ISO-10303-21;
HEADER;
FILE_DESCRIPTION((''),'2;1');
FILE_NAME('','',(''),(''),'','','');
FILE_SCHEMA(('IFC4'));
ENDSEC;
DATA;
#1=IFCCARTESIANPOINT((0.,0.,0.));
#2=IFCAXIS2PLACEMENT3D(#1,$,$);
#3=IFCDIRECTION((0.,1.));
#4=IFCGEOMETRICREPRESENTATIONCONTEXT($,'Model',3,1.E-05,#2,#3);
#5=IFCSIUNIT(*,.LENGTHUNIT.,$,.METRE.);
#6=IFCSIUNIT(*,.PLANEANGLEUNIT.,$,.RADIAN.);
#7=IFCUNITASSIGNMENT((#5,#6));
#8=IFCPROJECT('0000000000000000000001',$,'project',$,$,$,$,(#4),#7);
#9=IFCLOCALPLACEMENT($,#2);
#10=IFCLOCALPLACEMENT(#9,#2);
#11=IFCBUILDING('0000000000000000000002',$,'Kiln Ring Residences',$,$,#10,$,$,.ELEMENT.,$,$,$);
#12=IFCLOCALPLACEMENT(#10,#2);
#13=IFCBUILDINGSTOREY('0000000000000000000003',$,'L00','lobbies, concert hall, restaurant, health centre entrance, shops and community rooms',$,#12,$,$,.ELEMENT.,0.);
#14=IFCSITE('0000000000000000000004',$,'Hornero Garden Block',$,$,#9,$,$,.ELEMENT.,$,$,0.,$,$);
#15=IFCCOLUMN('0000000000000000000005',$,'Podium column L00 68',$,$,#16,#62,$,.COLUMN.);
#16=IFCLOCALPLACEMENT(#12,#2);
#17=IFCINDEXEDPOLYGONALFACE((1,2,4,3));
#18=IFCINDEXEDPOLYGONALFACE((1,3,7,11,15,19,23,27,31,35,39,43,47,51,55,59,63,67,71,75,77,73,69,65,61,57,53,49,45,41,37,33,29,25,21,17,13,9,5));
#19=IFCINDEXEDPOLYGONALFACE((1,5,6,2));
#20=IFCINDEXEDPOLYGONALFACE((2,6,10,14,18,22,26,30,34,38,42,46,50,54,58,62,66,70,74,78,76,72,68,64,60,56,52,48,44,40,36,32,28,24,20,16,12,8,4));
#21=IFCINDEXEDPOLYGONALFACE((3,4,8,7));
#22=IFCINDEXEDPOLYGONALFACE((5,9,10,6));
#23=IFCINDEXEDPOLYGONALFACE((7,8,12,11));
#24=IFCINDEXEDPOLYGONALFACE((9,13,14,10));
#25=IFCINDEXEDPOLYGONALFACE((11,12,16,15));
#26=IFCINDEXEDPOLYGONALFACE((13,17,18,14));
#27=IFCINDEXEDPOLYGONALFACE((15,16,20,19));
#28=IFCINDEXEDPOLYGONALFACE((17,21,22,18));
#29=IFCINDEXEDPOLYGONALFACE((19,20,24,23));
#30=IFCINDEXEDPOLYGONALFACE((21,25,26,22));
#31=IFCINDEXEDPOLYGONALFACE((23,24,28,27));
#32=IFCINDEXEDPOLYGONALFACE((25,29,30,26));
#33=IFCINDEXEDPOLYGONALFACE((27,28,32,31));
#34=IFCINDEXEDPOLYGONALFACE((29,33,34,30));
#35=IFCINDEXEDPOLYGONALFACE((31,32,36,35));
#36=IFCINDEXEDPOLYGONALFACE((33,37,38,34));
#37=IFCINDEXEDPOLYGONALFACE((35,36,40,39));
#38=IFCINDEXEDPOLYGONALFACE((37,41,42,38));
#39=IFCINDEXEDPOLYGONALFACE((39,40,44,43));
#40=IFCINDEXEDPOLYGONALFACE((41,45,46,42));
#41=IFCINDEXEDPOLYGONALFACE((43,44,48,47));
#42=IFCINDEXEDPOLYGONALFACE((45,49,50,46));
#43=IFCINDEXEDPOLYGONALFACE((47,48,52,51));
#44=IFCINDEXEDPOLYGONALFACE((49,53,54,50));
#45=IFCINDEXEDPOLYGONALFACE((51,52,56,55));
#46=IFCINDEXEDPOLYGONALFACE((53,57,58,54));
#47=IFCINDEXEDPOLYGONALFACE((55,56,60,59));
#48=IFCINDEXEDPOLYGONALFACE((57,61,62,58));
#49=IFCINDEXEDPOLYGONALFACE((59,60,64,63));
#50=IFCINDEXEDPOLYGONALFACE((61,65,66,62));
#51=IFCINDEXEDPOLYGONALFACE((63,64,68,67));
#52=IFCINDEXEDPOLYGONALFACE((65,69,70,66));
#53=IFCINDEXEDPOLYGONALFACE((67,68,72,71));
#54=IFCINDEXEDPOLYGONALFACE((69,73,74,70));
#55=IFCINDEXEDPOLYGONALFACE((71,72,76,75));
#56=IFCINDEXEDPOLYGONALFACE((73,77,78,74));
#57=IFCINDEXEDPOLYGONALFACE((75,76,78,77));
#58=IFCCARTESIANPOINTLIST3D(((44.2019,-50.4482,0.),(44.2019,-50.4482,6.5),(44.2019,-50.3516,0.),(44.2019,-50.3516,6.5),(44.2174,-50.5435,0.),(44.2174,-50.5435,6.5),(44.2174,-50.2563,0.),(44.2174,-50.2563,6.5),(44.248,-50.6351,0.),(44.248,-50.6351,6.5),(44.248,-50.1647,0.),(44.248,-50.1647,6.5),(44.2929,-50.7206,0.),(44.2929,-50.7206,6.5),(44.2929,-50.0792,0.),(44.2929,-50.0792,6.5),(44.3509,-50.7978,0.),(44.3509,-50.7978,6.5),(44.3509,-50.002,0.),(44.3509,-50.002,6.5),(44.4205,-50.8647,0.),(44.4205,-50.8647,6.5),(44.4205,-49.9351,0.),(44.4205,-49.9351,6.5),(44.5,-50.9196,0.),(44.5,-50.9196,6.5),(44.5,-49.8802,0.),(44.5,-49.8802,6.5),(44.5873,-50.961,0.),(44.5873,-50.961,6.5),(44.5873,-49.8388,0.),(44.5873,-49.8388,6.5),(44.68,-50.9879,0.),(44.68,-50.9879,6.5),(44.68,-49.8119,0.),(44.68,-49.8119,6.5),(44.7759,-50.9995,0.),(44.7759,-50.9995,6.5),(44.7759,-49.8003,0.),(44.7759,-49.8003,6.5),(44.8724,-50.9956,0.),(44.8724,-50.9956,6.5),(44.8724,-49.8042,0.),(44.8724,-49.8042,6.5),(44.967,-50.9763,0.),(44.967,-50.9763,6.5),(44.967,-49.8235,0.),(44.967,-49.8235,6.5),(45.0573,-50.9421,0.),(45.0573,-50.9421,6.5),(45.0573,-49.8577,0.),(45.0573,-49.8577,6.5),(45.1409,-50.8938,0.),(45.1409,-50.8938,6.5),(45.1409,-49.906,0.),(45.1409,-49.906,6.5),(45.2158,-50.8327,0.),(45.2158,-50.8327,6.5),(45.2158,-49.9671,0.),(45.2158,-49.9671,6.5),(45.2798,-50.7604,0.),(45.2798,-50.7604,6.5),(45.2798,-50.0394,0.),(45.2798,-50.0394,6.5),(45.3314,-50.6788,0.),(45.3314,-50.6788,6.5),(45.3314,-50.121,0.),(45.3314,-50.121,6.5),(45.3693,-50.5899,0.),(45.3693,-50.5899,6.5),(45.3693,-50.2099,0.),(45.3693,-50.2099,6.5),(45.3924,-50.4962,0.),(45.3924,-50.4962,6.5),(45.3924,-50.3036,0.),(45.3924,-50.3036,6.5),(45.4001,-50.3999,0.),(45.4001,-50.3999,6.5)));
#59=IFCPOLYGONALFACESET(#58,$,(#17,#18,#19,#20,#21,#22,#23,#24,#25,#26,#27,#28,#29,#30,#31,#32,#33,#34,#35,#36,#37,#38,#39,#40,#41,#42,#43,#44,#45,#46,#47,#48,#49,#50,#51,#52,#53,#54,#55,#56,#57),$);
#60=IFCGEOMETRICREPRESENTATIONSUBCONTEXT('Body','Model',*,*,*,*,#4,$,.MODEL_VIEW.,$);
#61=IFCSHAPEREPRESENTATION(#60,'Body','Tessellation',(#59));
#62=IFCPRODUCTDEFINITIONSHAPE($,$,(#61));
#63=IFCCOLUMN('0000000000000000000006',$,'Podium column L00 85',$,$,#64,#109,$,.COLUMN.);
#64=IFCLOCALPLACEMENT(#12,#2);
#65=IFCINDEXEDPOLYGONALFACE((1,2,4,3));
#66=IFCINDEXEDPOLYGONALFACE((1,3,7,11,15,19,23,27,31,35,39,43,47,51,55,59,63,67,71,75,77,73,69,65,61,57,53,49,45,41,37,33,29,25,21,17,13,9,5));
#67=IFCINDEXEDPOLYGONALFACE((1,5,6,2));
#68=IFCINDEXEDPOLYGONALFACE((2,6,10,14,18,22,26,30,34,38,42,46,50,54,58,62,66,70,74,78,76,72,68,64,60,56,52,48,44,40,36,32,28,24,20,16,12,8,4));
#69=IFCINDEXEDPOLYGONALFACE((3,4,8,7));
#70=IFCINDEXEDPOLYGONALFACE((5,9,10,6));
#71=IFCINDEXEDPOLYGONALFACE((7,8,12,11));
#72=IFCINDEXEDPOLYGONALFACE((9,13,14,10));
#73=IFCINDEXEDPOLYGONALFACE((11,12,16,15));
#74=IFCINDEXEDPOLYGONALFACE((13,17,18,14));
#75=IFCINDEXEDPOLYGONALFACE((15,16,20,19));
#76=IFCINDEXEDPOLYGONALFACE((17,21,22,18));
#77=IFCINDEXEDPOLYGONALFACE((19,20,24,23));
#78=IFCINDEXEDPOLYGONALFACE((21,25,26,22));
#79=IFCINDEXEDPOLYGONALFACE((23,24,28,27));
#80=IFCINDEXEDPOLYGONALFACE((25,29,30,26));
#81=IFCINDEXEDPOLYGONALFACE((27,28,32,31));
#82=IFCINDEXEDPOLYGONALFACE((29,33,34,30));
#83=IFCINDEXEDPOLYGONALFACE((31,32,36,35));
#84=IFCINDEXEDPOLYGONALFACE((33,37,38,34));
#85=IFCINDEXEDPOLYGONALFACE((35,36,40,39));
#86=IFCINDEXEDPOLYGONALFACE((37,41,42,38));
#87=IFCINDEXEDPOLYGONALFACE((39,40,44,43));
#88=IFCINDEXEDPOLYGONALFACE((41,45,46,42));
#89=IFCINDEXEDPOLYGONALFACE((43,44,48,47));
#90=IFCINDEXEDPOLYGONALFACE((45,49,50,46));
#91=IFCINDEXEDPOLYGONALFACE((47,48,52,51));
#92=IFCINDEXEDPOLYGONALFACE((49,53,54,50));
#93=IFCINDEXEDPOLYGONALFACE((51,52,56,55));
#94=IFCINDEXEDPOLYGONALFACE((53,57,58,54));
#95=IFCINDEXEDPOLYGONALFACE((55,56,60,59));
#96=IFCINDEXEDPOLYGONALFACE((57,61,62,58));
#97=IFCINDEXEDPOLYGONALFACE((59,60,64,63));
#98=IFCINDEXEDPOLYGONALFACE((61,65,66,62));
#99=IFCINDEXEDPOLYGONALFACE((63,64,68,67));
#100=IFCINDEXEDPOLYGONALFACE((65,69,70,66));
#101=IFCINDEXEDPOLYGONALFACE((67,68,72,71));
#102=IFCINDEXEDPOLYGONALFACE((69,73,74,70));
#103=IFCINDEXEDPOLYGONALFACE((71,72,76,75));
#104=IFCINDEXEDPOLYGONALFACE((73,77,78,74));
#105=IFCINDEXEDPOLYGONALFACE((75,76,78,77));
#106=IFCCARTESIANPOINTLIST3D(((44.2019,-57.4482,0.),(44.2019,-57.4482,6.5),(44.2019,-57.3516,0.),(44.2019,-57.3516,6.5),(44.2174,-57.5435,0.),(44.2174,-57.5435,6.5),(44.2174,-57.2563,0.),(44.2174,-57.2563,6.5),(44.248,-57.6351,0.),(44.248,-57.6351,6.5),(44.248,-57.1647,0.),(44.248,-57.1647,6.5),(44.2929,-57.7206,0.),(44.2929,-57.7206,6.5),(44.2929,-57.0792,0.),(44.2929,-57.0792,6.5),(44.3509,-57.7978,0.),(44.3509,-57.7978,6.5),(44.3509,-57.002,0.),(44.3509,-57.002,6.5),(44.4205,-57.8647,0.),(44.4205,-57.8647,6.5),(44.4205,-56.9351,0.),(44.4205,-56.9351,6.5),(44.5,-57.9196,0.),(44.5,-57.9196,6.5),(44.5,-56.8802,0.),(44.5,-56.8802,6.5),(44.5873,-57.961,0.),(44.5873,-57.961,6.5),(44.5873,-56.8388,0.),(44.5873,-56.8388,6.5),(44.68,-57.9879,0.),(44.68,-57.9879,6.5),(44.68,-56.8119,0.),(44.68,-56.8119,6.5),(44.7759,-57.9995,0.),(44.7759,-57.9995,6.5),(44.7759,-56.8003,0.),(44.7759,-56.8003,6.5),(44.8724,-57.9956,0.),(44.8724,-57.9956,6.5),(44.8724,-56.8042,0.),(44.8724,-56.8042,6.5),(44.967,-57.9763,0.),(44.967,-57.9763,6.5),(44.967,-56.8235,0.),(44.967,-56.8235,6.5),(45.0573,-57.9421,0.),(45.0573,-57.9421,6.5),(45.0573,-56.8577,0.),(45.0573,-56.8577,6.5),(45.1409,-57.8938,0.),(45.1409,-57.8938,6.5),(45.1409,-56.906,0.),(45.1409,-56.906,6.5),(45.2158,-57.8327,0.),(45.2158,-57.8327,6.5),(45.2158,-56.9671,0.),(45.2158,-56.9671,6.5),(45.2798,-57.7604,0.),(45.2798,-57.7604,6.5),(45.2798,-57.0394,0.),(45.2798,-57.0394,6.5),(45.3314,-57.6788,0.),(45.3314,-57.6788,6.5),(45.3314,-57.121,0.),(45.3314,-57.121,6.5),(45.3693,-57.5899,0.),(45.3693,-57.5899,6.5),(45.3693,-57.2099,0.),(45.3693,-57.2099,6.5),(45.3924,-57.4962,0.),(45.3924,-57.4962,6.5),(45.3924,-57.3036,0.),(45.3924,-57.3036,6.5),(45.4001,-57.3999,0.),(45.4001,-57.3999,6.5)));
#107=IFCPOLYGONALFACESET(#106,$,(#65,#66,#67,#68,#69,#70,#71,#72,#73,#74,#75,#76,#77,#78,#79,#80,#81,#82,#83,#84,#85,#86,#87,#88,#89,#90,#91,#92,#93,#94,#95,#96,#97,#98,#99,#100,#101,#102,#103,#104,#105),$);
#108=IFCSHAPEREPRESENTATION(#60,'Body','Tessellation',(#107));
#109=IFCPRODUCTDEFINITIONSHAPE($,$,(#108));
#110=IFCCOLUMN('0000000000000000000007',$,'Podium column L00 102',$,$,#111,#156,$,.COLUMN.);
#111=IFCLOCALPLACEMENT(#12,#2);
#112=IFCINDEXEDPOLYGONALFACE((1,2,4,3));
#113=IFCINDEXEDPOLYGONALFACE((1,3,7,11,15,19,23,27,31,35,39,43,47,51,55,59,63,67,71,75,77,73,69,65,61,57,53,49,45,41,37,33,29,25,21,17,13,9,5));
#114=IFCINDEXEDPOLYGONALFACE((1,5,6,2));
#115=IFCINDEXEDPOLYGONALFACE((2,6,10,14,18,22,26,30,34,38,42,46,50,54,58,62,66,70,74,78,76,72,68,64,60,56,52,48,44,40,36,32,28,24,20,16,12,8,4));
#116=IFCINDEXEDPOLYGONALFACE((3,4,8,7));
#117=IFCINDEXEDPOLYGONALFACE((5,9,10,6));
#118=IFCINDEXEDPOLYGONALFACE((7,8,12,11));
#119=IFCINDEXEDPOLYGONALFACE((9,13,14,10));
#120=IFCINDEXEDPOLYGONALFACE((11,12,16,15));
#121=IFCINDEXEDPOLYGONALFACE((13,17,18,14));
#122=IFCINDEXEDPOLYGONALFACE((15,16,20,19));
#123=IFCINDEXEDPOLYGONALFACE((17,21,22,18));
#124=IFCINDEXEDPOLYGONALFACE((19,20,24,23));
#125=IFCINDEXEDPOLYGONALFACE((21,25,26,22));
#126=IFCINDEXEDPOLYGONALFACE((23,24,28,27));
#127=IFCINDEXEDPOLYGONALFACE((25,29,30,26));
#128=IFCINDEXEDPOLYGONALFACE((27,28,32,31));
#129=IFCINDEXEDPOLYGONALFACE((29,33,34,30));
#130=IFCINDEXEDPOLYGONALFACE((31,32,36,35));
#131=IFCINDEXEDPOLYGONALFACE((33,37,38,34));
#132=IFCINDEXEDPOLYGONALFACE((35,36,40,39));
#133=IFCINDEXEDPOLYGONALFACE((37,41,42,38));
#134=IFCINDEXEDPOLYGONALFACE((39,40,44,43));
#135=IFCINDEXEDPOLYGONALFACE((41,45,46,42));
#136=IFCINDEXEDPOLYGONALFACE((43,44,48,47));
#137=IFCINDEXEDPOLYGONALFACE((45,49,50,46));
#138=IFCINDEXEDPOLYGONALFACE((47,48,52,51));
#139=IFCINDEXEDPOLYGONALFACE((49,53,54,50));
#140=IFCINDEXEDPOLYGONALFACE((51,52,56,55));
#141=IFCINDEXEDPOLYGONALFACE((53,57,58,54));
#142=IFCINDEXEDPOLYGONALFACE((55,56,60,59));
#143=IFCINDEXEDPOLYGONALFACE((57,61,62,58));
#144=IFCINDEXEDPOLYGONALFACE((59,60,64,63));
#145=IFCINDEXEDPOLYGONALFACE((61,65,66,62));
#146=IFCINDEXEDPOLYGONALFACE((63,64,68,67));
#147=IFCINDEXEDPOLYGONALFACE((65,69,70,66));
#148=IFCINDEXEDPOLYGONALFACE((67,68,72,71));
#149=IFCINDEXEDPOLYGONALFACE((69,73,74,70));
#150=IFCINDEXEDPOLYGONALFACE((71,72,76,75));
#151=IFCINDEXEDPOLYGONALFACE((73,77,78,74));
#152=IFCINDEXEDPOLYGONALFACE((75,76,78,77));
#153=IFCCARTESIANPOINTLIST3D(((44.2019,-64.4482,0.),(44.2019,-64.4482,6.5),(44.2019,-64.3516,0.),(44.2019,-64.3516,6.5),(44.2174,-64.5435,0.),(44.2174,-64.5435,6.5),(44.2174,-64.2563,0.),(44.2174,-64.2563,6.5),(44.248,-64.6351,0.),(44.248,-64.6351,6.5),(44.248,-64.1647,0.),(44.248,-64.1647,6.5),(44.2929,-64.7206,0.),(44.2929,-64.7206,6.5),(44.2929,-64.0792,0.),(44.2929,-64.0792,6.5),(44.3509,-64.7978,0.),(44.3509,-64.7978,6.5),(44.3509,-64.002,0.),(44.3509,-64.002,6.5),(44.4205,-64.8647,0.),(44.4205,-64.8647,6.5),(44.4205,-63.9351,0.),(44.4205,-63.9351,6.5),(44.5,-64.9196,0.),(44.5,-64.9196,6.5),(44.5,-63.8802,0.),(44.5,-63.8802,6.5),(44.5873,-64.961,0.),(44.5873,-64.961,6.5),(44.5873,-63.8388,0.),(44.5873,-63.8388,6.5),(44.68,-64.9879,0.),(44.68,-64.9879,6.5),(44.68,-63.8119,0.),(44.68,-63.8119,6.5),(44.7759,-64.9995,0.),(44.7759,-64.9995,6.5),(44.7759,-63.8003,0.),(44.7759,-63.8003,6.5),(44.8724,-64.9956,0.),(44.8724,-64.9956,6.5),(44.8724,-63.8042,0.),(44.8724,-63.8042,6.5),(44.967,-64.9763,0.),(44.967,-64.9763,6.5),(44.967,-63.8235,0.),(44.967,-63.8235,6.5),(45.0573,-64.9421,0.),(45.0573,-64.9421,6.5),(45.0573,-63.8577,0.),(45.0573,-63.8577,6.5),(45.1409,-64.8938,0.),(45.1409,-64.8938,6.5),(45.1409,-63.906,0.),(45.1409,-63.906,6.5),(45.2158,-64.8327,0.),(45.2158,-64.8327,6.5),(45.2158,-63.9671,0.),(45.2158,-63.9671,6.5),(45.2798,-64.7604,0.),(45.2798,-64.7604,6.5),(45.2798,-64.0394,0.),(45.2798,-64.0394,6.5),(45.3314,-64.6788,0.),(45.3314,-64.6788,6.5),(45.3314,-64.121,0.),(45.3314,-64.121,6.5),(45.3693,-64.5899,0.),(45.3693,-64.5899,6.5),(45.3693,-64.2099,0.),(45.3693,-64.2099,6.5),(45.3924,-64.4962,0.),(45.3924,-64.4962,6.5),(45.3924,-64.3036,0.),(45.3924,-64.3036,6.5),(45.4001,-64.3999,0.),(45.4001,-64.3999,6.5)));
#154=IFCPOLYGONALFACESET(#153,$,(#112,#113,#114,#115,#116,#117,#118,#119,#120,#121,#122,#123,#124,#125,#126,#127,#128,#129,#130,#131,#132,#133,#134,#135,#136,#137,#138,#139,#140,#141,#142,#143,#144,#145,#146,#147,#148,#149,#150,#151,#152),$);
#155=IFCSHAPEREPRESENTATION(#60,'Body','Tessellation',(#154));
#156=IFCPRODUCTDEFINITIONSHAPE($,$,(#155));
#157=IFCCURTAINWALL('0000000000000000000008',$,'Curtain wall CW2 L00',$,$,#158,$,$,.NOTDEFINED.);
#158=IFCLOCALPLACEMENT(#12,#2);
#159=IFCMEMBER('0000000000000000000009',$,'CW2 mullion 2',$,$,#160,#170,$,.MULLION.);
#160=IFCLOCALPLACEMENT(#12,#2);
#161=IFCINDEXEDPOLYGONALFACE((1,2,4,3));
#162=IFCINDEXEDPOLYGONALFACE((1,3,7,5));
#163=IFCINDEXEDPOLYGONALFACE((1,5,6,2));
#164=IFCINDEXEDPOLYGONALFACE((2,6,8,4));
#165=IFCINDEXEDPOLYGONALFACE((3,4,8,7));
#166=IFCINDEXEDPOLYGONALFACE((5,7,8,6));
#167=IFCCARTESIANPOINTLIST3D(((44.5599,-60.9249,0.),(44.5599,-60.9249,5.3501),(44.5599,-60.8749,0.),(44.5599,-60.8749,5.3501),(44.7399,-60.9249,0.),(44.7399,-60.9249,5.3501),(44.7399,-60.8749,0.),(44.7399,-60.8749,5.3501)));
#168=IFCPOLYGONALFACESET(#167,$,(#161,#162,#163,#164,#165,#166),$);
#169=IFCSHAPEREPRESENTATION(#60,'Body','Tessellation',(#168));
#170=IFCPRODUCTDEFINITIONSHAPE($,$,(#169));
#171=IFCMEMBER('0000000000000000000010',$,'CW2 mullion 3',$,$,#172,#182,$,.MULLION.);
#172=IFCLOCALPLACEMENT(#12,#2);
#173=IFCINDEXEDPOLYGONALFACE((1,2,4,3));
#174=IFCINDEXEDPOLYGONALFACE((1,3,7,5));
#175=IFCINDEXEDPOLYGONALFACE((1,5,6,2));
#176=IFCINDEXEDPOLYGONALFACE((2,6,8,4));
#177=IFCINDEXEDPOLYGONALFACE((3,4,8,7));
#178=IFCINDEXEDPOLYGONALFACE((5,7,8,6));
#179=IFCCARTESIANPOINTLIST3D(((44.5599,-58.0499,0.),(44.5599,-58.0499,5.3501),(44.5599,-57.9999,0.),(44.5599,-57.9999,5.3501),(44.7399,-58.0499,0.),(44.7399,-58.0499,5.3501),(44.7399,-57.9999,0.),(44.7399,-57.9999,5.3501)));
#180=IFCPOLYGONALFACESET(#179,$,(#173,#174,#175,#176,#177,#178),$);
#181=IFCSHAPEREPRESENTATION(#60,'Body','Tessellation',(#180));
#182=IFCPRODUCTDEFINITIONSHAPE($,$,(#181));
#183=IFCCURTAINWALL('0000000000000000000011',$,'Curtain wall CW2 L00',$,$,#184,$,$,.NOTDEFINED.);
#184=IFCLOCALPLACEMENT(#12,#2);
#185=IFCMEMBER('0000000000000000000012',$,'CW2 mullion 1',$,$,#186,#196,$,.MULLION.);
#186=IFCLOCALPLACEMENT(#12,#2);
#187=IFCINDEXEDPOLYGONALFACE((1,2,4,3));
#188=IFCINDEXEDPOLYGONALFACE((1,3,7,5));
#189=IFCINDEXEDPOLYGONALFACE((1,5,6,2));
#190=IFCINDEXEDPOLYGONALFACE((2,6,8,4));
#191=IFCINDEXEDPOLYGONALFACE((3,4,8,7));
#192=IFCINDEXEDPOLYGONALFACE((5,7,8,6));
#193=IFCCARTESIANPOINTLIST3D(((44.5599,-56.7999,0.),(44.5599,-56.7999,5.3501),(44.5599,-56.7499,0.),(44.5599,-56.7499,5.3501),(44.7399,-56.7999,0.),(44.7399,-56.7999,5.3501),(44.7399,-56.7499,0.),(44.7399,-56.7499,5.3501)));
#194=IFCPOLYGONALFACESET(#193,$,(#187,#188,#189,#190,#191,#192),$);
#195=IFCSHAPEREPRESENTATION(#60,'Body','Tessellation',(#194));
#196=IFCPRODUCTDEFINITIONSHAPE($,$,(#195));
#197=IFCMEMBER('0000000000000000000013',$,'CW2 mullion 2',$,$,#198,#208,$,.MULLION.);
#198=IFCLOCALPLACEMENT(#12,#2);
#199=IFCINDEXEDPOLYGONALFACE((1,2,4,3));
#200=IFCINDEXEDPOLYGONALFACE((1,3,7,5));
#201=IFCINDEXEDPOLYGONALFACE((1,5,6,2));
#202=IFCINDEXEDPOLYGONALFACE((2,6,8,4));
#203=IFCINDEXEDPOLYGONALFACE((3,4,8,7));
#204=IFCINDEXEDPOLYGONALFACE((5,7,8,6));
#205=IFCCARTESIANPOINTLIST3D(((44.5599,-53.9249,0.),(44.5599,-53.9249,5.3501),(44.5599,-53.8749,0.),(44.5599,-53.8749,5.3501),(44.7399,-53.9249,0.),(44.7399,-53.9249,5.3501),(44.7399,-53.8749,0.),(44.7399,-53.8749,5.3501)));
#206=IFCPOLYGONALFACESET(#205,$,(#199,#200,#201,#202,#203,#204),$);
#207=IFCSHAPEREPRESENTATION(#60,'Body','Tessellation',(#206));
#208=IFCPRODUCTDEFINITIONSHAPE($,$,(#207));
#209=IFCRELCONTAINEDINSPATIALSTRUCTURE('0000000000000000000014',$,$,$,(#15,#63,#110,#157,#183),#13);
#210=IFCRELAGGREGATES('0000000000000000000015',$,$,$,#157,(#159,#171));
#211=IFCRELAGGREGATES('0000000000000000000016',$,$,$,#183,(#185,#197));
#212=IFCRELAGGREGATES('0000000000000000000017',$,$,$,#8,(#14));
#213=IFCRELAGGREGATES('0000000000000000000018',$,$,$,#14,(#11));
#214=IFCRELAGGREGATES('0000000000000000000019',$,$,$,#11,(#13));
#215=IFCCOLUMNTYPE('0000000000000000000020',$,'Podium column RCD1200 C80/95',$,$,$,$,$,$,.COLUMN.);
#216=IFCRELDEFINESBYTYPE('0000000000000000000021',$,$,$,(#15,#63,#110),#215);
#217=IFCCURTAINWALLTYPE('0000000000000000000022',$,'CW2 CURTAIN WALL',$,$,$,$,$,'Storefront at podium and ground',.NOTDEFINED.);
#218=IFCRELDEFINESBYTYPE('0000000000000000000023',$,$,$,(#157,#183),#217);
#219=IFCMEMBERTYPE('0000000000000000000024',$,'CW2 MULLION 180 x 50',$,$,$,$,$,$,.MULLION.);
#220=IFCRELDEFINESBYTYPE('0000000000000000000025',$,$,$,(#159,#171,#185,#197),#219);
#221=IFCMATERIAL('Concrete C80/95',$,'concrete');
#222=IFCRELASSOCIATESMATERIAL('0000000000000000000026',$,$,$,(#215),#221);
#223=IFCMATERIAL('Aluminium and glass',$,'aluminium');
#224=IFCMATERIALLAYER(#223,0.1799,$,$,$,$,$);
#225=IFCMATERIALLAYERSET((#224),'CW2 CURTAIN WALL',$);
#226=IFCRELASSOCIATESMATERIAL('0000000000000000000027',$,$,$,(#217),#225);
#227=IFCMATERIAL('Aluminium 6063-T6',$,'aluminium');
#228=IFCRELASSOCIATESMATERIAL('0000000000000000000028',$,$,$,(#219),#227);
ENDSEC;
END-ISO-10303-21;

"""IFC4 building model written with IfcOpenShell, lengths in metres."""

from ifc_helpers import new_model, si_unit, direction, frame, origin, origin_2d, place, context, subcontext, project, spatial, rectangle, circle, extrude, material, layer, layer_set, material_profile, profile_set, type_object, element, aggregate, save


model = new_model("IFC4")

# Units and contexts
model_context = context("Model", 3, precision=1e-05, world=origin(), true_north=direction((0.0, 1.0)))
body_context = subcontext(model_context, "Body", "Model", "MODEL_VIEW")
ifc_project = project(units=[si_unit("LENGTHUNIT", "METRE"), si_unit("PLANEANGLEUNIT", "RADIAN")], contexts=[model_context])

# Site, building, storey
site_placement = place(None, origin())
site = spatial("IfcSite", under=ifc_project, at=site_placement, Name="Hornero Garden Block", CompositionType="ELEMENT", RefElevation=0.0)
building_placement = place(site_placement, origin())
building = spatial("IfcBuilding", under=site, at=building_placement, Name="Kiln Ring Residences", CompositionType="ELEMENT")
storey_placement = place(building_placement, origin())
storey = spatial("IfcBuildingStorey", under=building, at=storey_placement, Name="L00", Description="lobbies, concert hall, restaurant, health centre entrance, shops and community rooms", CompositionType="ELEMENT", Elevation=0.0)

# Columns
ifc_material_1 = material(Name="Concrete C80/95", Category="concrete")
ifc_material_profile_1 = material_profile(ifc_material_1, circle(Radius=0.6001, at=origin_2d()), Name="RCD1200")
ifc_profile_set_1 = profile_set([ifc_material_profile_1], Name="Concrete C80/95")
column_type = type_object("IfcColumnType", Name="Podium column RCD1200 C80/95", PredefinedType="COLUMN", material=ifc_profile_set_1)
for number, where, z_axis, x_axis, name in (
    (1, (44.8, -50.3999, 0.0), (0.0, 0.0, 1.0), (1.0, 0.0, 0.0), "Podium column L00 68"),
    (2, (44.8, -57.3999, 0.0), (0.0, 0.0, 1.0), (1.0, 0.0, 0.0), "Podium column L00 85"),
    (3, (44.8, -64.3999, 0.0), (0.0, 0.0, 1.0), (1.0, 0.0, 0.0), "Podium column L00 102"),
):
    element("IfcColumn", number, at=place(storey_placement, frame(where, z_axis=z_axis, x_axis=x_axis)), inside=storey, type_object=column_type, Name=name, PredefinedType="COLUMN", context=body_context, shape_type="SweptSolid", body=[
        extrude(circle(Radius=0.6001, at=origin_2d()), origin(), (0.0, 0.0, 1.0), 6.5),
    ])

# Curtain walls, members
ifc_material_2 = material(Name="Aluminium and glass", Category="aluminium")
ifc_layer_1 = layer(ifc_material_2, 0.1799)
ifc_layer_set_1 = layer_set([ifc_layer_1], Name="CW2 CURTAIN WALL")
curtain_wall_type = type_object("IfcCurtainWallType", Name="CW2 CURTAIN WALL", ElementType="Storefront at podium and ground", PredefinedType="NOTDEFINED", material=ifc_layer_set_1)
placement = place(storey_placement, origin())
curtain_wall_1 = element("IfcCurtainWall", 4, at=placement, inside=storey, type_object=curtain_wall_type, Name="Curtain wall CW2 L00", PredefinedType="NOTDEFINED")
ifc_material_3 = material(Name="Aluminium 6063-T6", Category="aluminium")
ifc_material_profile_2 = material_profile(ifc_material_3, rectangle(XDim=0.1799, YDim=0.05, at=origin_2d()), Name="AL 180x50")
ifc_profile_set_2 = profile_set([ifc_material_profile_2], Name="Aluminium 6063-T6")
member_type_1 = type_object("IfcMemberType", Name="CW2 MULLION 180 x 50", PredefinedType="MULLION", material=ifc_profile_set_2)
member_1_placement = place(storey_placement, frame((44.6499, -60.8999, 0.0), z_axis=(0.0, 0.0, 1.0), x_axis=(-1.0, 0.0, 0.0)))
member_1 = element("IfcMember", 5, at=member_1_placement, type_object=member_type_1, Name="CW2 mullion 2", PredefinedType="MULLION", context=body_context, shape_type="SweptSolid", body=[
    extrude(rectangle(XDim=0.1799, YDim=0.05, at=origin_2d()), origin(), (0.0, 0.0, 1.0), 5.3501),
])
member_2_placement = place(storey_placement, frame((44.6499, -58.0249, 0.0), z_axis=(0.0, 0.0, 1.0), x_axis=(-1.0, 0.0, 0.0)))
member_2 = element("IfcMember", 6, at=member_2_placement, type_object=member_type_1, Name="CW2 mullion 3", PredefinedType="MULLION", context=body_context, shape_type="SweptSolid", body=[
    extrude(rectangle(XDim=0.1799, YDim=0.05, at=origin_2d()), origin(), (0.0, 0.0, 1.0), 5.3501),
])
curtain_wall_2 = element("IfcCurtainWall", 7, at=placement, inside=storey, type_object=curtain_wall_type, Name="Curtain wall CW2 L00", PredefinedType="NOTDEFINED")
member_3_placement = place(storey_placement, frame((44.6499, -56.7749, 0.0), z_axis=(0.0, 0.0, 1.0), x_axis=(-1.0, 0.0, 0.0)))
member_3 = element("IfcMember", 8, at=member_3_placement, type_object=member_type_1, Name="CW2 mullion 1", PredefinedType="MULLION", context=body_context, shape_type="SweptSolid", body=[
    extrude(rectangle(XDim=0.1799, YDim=0.05, at=origin_2d()), origin(), (0.0, 0.0, 1.0), 5.3501),
])
member_4_placement = place(storey_placement, frame((44.6499, -53.8999, 0.0), z_axis=(0.0, 0.0, 1.0), x_axis=(-1.0, 0.0, 0.0)))
member_4 = element("IfcMember", 9, at=member_4_placement, type_object=member_type_1, Name="CW2 mullion 2", PredefinedType="MULLION", context=body_context, shape_type="SweptSolid", body=[
    extrude(rectangle(XDim=0.1799, YDim=0.05, at=origin_2d()), origin(), (0.0, 0.0, 1.0), 5.3501),
])

aggregate(curtain_wall_1, [member_1, member_2])
aggregate(curtain_wall_2, [member_3, member_4])

save(model, "model.ifc")
